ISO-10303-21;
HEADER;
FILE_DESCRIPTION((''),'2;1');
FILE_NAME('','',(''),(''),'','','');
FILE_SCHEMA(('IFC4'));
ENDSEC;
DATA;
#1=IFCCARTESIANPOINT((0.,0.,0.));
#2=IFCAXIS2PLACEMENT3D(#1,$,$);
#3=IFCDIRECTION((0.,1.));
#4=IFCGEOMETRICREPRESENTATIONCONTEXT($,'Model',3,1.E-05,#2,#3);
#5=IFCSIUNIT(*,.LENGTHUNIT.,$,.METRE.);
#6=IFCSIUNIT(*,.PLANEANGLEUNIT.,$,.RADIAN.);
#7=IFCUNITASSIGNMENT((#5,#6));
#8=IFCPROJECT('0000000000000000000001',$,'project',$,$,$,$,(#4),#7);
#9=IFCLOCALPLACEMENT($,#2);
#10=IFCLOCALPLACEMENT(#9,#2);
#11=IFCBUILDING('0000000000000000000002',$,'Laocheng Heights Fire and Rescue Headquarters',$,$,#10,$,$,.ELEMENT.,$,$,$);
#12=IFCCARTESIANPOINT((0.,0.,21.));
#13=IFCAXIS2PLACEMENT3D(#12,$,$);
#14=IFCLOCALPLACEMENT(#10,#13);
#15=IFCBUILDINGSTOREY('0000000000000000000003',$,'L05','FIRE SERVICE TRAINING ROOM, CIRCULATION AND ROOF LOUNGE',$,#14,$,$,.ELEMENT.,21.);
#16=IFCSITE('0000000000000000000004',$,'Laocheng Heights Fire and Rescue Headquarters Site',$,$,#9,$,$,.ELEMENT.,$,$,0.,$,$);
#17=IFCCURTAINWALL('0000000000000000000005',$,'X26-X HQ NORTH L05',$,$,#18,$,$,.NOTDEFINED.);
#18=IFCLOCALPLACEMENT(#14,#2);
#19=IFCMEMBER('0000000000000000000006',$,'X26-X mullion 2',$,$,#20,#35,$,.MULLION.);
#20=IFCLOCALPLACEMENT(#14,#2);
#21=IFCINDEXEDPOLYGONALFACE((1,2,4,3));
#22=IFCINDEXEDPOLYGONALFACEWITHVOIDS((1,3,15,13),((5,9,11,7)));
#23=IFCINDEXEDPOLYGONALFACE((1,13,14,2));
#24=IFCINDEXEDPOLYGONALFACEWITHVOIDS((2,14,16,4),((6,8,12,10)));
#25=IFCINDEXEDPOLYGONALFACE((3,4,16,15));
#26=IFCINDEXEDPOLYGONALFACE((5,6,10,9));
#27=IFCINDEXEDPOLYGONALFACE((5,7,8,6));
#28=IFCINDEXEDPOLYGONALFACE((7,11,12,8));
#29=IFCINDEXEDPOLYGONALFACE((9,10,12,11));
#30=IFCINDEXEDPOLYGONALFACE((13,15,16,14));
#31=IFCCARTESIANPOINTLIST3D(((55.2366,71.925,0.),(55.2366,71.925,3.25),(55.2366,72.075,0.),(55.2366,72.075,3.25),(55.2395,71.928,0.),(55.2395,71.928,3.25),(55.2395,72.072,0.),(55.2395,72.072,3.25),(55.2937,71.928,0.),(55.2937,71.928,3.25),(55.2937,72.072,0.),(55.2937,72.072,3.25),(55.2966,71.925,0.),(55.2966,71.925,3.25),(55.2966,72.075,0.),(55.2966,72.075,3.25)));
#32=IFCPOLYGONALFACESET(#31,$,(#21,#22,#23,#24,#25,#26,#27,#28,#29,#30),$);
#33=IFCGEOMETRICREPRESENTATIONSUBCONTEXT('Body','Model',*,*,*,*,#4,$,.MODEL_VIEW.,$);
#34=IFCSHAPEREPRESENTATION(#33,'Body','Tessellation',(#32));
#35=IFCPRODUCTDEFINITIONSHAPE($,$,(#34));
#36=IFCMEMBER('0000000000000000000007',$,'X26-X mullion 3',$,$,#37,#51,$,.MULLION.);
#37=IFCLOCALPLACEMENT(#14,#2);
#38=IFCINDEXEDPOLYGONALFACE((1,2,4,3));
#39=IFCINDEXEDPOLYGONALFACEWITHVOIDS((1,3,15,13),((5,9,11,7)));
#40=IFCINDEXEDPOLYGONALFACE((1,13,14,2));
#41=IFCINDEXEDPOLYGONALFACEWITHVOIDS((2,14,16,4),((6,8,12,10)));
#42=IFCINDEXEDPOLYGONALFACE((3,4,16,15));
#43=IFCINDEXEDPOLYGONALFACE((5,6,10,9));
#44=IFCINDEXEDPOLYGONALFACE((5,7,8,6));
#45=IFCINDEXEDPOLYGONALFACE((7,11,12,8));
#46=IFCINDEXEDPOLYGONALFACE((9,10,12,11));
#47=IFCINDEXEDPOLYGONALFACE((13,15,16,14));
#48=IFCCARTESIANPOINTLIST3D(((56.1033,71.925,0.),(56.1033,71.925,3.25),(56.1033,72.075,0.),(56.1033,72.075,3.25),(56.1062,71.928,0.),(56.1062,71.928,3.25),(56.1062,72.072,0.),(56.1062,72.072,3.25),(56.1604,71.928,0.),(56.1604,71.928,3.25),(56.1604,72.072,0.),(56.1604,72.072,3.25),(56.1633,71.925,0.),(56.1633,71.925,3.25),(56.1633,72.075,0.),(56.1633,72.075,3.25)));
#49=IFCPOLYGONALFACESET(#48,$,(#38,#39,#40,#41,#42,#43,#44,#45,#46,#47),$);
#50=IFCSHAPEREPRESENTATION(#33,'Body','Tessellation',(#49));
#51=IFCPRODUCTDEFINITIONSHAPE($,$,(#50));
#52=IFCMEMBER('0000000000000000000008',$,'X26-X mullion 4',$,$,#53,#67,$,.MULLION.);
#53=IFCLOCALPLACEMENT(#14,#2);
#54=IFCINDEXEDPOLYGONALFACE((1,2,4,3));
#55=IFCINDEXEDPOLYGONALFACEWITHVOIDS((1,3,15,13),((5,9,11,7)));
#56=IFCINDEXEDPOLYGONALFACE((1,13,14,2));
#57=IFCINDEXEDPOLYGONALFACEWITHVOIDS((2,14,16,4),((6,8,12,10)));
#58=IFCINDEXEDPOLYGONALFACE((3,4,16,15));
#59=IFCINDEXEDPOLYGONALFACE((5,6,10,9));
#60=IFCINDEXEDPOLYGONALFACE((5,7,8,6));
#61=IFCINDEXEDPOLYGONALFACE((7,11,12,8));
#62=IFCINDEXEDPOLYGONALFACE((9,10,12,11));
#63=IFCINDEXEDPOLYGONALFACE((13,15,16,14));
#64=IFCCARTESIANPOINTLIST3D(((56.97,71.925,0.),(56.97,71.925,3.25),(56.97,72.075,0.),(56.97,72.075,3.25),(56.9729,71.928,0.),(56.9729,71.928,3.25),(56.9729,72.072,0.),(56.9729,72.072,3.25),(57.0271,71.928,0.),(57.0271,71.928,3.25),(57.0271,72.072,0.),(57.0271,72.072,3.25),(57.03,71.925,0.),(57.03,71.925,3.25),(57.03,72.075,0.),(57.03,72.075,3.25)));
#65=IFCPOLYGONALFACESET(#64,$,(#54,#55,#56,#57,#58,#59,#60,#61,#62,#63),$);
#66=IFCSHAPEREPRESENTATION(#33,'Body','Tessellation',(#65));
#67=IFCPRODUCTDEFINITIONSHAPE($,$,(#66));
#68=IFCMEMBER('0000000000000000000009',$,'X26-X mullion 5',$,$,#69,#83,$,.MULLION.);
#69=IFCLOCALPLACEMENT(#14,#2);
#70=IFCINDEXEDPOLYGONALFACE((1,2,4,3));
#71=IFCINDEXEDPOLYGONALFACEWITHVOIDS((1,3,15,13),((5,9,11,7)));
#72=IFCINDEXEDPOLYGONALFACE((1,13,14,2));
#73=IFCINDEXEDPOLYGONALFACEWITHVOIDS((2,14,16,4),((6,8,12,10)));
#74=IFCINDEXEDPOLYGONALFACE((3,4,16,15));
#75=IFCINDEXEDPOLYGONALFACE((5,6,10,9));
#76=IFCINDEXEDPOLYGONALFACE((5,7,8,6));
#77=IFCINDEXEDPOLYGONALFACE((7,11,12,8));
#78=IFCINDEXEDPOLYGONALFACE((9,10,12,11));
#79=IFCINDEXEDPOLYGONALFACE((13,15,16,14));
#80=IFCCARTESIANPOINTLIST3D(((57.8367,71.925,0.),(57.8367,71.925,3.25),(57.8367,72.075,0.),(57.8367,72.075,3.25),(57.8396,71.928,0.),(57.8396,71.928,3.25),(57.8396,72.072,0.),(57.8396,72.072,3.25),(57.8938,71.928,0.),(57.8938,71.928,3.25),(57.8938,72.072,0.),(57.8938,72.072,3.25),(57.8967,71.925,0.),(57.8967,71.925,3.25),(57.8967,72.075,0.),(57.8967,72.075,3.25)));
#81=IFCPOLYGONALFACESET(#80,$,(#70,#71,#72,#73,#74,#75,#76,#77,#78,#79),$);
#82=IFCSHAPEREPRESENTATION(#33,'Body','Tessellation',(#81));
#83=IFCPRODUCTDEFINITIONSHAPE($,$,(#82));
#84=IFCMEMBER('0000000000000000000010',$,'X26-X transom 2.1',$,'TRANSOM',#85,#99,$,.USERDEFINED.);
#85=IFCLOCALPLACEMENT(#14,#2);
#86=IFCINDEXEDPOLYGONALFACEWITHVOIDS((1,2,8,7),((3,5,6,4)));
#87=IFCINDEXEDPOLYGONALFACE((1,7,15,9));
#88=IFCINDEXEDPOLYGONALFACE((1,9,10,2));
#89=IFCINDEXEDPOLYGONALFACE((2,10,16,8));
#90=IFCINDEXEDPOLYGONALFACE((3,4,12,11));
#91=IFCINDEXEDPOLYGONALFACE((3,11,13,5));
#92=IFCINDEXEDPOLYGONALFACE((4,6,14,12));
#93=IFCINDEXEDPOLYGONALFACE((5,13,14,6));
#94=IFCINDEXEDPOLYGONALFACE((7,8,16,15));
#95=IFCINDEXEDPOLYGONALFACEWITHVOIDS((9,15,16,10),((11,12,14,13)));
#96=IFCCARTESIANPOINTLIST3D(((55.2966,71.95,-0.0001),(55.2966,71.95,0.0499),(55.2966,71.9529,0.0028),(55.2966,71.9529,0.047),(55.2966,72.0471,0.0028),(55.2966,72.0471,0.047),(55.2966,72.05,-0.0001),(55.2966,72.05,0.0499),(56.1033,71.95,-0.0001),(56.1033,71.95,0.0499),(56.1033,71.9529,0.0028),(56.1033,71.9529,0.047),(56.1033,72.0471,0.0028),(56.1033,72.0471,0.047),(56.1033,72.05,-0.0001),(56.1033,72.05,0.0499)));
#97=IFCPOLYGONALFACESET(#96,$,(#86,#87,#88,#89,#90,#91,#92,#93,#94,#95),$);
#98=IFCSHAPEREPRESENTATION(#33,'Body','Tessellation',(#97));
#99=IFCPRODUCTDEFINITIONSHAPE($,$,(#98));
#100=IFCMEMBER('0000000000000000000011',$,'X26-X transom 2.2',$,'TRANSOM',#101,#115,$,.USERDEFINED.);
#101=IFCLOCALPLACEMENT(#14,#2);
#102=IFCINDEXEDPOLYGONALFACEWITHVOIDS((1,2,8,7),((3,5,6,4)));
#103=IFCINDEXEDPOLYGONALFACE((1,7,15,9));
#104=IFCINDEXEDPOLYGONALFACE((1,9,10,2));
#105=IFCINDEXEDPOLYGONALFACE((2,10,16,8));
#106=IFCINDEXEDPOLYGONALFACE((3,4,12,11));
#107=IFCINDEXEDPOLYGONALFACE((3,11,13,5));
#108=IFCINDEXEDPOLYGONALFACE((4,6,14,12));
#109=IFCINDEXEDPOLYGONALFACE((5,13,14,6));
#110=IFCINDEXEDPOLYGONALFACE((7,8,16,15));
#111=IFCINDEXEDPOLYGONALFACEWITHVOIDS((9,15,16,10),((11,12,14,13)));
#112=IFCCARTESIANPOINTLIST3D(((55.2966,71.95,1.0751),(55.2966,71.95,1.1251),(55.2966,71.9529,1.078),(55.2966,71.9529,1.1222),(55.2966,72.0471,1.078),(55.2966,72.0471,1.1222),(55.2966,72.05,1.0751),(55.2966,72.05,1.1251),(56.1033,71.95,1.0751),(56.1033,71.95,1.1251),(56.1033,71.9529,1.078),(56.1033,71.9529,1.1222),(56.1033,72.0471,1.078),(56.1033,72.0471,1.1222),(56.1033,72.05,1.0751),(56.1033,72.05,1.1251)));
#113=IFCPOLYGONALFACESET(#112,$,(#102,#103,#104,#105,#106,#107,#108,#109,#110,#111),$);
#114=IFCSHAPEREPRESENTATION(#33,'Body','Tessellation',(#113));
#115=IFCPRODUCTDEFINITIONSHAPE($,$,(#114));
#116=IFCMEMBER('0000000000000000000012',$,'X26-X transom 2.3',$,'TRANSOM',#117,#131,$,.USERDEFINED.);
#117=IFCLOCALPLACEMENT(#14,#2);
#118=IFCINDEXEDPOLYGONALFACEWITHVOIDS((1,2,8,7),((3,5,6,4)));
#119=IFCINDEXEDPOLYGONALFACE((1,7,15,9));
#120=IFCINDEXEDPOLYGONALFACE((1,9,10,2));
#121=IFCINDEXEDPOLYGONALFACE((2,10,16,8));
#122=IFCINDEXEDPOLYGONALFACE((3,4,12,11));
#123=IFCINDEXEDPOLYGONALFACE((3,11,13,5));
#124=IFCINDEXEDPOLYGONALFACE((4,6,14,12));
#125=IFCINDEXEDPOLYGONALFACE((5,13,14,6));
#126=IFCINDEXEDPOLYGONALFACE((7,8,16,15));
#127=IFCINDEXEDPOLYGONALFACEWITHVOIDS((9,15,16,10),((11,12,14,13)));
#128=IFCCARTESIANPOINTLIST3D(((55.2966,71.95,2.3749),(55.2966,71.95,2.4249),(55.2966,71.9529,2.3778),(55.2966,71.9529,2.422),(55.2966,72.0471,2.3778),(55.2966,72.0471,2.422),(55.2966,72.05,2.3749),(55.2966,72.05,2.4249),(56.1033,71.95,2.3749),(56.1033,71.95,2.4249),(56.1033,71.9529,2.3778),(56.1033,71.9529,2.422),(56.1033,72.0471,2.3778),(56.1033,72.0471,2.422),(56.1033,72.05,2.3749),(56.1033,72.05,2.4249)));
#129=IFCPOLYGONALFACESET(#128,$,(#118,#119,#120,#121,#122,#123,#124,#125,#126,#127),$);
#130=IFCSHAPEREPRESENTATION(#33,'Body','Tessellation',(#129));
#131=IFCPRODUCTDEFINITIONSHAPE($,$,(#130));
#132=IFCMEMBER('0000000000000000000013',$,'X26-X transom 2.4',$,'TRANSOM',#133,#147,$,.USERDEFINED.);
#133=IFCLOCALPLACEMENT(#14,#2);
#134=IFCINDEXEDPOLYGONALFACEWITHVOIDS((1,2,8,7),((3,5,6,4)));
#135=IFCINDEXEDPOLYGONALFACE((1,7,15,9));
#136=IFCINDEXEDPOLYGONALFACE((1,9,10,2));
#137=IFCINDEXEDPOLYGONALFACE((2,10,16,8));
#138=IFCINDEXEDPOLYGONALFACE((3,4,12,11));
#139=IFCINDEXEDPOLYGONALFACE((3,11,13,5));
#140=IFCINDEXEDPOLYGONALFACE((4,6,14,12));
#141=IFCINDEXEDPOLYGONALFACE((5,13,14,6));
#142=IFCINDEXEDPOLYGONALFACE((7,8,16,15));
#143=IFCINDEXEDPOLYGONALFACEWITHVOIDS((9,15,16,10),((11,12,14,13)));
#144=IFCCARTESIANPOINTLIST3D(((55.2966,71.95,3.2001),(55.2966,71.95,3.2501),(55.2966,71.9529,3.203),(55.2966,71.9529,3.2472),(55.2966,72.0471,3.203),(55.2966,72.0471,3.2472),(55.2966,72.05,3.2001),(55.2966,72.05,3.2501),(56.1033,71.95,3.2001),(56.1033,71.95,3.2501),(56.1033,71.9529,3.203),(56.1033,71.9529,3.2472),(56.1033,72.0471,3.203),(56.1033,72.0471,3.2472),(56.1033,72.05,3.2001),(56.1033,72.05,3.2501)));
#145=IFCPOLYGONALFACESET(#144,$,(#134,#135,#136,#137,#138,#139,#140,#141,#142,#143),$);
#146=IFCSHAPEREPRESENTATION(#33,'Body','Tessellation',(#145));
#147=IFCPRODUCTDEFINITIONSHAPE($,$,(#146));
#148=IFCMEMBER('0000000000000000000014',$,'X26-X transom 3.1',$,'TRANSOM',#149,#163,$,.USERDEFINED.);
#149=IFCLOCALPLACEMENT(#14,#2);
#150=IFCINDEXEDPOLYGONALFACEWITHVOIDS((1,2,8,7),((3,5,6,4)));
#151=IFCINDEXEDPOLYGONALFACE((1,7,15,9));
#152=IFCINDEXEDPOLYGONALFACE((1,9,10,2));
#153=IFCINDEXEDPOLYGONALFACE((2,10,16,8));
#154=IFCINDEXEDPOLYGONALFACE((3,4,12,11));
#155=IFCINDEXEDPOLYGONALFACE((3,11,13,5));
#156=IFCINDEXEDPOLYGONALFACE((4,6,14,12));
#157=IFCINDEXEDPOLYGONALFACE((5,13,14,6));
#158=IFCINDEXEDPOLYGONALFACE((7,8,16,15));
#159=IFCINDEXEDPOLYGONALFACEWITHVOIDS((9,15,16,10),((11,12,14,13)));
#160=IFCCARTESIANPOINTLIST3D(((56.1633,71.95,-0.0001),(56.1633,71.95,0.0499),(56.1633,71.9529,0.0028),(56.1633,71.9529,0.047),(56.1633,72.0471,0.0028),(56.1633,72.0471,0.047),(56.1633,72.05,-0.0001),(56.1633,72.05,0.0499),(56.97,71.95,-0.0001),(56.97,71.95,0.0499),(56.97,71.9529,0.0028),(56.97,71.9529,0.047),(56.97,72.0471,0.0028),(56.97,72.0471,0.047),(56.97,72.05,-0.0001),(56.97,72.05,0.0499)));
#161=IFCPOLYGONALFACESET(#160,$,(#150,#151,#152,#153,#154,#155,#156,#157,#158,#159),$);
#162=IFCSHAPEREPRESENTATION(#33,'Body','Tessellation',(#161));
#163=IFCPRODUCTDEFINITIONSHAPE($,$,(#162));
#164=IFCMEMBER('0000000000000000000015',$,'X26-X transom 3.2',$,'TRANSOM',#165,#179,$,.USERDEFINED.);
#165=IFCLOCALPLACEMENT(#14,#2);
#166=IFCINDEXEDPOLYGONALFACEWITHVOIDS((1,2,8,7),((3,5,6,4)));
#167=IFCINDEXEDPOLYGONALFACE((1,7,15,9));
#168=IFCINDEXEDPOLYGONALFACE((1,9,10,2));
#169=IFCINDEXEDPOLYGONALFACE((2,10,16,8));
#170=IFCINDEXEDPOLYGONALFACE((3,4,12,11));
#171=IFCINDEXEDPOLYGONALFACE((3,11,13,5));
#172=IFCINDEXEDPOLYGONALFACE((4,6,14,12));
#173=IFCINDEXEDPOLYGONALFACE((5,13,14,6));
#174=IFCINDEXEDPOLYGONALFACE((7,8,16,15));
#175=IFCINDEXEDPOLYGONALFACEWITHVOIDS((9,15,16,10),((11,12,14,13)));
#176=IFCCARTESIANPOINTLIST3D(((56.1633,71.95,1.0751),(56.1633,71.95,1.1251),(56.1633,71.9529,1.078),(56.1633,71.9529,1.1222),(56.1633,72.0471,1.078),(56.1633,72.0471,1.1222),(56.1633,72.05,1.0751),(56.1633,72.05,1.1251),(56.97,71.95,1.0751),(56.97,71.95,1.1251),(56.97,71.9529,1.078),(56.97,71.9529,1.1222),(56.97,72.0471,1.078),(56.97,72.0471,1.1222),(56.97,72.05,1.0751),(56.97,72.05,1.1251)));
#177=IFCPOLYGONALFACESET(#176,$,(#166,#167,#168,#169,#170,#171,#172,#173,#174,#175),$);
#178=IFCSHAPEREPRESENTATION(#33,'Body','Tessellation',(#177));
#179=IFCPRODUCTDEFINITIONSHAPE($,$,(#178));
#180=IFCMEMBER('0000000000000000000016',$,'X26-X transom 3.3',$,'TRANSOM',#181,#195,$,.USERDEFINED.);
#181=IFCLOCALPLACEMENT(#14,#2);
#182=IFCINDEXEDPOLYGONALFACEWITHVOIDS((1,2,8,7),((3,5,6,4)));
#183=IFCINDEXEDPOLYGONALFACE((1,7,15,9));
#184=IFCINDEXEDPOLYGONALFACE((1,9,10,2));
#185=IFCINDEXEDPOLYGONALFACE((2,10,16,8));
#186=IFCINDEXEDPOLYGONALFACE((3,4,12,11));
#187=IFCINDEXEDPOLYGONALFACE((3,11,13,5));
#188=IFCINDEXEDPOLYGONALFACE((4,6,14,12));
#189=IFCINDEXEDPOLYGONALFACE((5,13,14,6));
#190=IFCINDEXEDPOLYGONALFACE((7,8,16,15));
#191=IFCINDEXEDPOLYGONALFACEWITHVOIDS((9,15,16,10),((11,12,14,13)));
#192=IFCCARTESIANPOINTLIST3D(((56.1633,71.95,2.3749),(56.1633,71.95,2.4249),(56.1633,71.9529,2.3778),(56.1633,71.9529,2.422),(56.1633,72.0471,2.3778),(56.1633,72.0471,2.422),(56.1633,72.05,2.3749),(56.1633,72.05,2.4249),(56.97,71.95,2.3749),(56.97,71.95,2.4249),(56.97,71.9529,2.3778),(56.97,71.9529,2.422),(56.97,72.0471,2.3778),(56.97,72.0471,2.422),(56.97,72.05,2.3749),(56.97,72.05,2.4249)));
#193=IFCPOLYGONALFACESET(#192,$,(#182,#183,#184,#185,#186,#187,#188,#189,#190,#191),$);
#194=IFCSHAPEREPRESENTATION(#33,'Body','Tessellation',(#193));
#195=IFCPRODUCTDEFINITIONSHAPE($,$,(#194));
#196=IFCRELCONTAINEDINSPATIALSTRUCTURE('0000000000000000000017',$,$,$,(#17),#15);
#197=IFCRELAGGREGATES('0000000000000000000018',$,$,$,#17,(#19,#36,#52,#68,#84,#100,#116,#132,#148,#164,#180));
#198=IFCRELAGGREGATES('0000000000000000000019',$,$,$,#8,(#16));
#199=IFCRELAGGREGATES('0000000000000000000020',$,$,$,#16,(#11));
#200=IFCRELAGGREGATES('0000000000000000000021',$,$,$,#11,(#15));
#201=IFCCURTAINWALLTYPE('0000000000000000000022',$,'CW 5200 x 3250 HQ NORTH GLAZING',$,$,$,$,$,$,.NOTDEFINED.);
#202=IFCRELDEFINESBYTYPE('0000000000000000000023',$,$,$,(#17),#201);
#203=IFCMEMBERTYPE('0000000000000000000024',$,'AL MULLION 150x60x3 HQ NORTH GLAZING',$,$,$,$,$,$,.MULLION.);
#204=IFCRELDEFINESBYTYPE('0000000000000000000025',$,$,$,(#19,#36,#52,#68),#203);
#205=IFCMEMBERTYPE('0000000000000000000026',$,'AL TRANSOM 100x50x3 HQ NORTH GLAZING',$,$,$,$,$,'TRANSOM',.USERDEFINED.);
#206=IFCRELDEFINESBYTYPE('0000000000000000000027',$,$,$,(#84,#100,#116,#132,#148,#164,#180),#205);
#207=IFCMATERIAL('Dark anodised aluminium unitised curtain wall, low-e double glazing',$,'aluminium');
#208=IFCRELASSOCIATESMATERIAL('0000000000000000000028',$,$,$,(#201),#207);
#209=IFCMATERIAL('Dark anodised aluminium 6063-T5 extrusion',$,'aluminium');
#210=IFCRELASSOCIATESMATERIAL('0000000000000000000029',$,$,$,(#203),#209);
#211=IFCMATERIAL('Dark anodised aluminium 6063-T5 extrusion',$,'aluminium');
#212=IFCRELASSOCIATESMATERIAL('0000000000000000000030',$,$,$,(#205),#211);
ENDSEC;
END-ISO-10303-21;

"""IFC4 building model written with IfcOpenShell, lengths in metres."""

from ifc_helpers import new_model, si_unit, direction, frame, origin, origin_2d, place, context, subcontext, project, spatial, hollow_rectangle, extrude, material, material_profile, profile_set, type_object, element, aggregate, save


model = new_model("IFC4")

# Units and contexts
model_context = context("Model", 3, precision=1e-05, world=origin(), true_north=direction((0.0, 1.0)))
body_context = subcontext(model_context, "Body", "Model", "MODEL_VIEW")
ifc_project = project(units=[si_unit("LENGTHUNIT", "METRE"), si_unit("PLANEANGLEUNIT", "RADIAN")], contexts=[model_context])

# Site, building, storey
site_placement = place(None, origin())
site = spatial("IfcSite", under=ifc_project, at=site_placement, Name="Laocheng Heights Fire and Rescue Headquarters Site", CompositionType="ELEMENT", RefElevation=0.0)
building_placement = place(site_placement, origin())
building = spatial("IfcBuilding", under=site, at=building_placement, Name="Laocheng Heights Fire and Rescue Headquarters", CompositionType="ELEMENT")
storey_placement = place(building_placement, frame((0.0, 0.0, 21.0)))
storey = spatial("IfcBuildingStorey", under=building, at=storey_placement, Name="L05", Description="FIRE SERVICE TRAINING ROOM, CIRCULATION AND ROOF LOUNGE", CompositionType="ELEMENT", Elevation=21.0)

# Curtain wall, members
ifc_material_1 = material(Name="Dark anodised aluminium unitised curtain wall, low-e double glazing", Category="aluminium")
curtain_wall_type = type_object("IfcCurtainWallType", Name="CW 5200 x 3250 HQ NORTH GLAZING", PredefinedType="NOTDEFINED", material=ifc_material_1)
curtain_wall_placement = place(storey_placement, origin())
curtain_wall = element("IfcCurtainWall", 1, at=curtain_wall_placement, inside=storey, type_object=curtain_wall_type, Name="X26-X HQ NORTH L05", PredefinedType="NOTDEFINED")
ifc_material_2 = material(Name="Dark anodised aluminium 6063-T5 extrusion", Category="aluminium")
ifc_material_profile_1 = material_profile(ifc_material_2, hollow_rectangle(XDim=0.1499, YDim=0.0601, WallThickness=0.0029, at=origin_2d()), Name="AL MULLION 150x60x3 HQ NORTH GLAZING")
ifc_profile_set_1 = profile_set([ifc_material_profile_1], Name="Dark anodised aluminium 6063-T5 extrusion")
member_type_1 = type_object("IfcMemberType", Name="AL MULLION 150x60x3 HQ NORTH GLAZING", PredefinedType="MULLION", material=ifc_profile_set_1)
member_1_placement = place(storey_placement, frame((55.2666, 72.0, 0.0), z_axis=(0.0, 0.0, 1.0), x_axis=(0.0, 1.0, 0.0)))
member_1 = element("IfcMember", 2, at=member_1_placement, type_object=member_type_1, Name="X26-X mullion 2", PredefinedType="MULLION", context=body_context, shape_type="SweptSolid", body=[
    extrude(hollow_rectangle(XDim=0.1499, YDim=0.0601, WallThickness=0.0029, at=origin_2d()), origin(), (0.0, 0.0, 1.0), 3.25),
])
member_2_placement = place(storey_placement, frame((56.1333, 72.0, 0.0), z_axis=(0.0, 0.0, 1.0), x_axis=(0.0, 1.0, 0.0)))
member_2 = element("IfcMember", 3, at=member_2_placement, type_object=member_type_1, Name="X26-X mullion 3", PredefinedType="MULLION", context=body_context, shape_type="SweptSolid", body=[
    extrude(hollow_rectangle(XDim=0.1499, YDim=0.0601, WallThickness=0.0029, at=origin_2d()), origin(), (0.0, 0.0, 1.0), 3.25),
])
member_3_placement = place(storey_placement, frame((57.0, 72.0, 0.0), z_axis=(0.0, 0.0, 1.0), x_axis=(0.0, 1.0, 0.0)))
member_3 = element("IfcMember", 4, at=member_3_placement, type_object=member_type_1, Name="X26-X mullion 4", PredefinedType="MULLION", context=body_context, shape_type="SweptSolid", body=[
    extrude(hollow_rectangle(XDim=0.1499, YDim=0.0601, WallThickness=0.0029, at=origin_2d()), origin(), (0.0, 0.0, 1.0), 3.25),
])
member_4_placement = place(storey_placement, frame((57.8667, 72.0, 0.0), z_axis=(0.0, 0.0, 1.0), x_axis=(0.0, 1.0, 0.0)))
member_4 = element("IfcMember", 5, at=member_4_placement, type_object=member_type_1, Name="X26-X mullion 5", PredefinedType="MULLION", context=body_context, shape_type="SweptSolid", body=[
    extrude(hollow_rectangle(XDim=0.1499, YDim=0.0601, WallThickness=0.0029, at=origin_2d()), origin(), (0.0, 0.0, 1.0), 3.25),
])
ifc_material_3 = material(Name="Dark anodised aluminium 6063-T5 extrusion", Category="aluminium")
ifc_material_profile_2 = material_profile(ifc_material_3, hollow_rectangle(XDim=0.1001, YDim=0.05, WallThickness=0.0029, at=origin_2d()), Name="AL TRANSOM 100x50x3 HQ NORTH GLAZING")
ifc_profile_set_2 = profile_set([ifc_material_profile_2], Name="Dark anodised aluminium 6063-T5 extrusion")
member_type_2 = type_object("IfcMemberType", Name="AL TRANSOM 100x50x3 HQ NORTH GLAZING", ElementType="TRANSOM", PredefinedType="USERDEFINED", material=ifc_profile_set_2)
member_5_placement = place(storey_placement, frame((55.2966, 72.0, 0.0249), z_axis=(1.0, 0.0, 0.0), x_axis=(0.0, 1.0, 0.0)))
member_5 = element("IfcMember", 6, at=member_5_placement, type_object=member_type_2, Name="X26-X transom 2.1", ObjectType="TRANSOM", PredefinedType="USERDEFINED", context=body_context, shape_type="SweptSolid", body=[
    extrude(hollow_rectangle(XDim=0.1001, YDim=0.05, WallThickness=0.0029, at=origin_2d()), origin(), (0.0, 0.0, 1.0), 0.8066),
])
member_6_placement = place(storey_placement, frame((55.2966, 72.0, 1.1001), z_axis=(1.0, 0.0, 0.0), x_axis=(0.0, 1.0, 0.0)))
member_6 = element("IfcMember", 7, at=member_6_placement, type_object=member_type_2, Name="X26-X transom 2.2", ObjectType="TRANSOM", PredefinedType="USERDEFINED", context=body_context, shape_type="SweptSolid", body=[
    extrude(hollow_rectangle(XDim=0.1001, YDim=0.05, WallThickness=0.0029, at=origin_2d()), origin(), (0.0, 0.0, 1.0), 0.8066),
])
member_7_placement = place(storey_placement, frame((55.2966, 72.0, 2.3999), z_axis=(1.0, 0.0, 0.0), x_axis=(0.0, 1.0, 0.0)))
member_7 = element("IfcMember", 8, at=member_7_placement, type_object=member_type_2, Name="X26-X transom 2.3", ObjectType="TRANSOM", PredefinedType="USERDEFINED", context=body_context, shape_type="SweptSolid", body=[
    extrude(hollow_rectangle(XDim=0.1001, YDim=0.05, WallThickness=0.0029, at=origin_2d()), origin(), (0.0, 0.0, 1.0), 0.8066),
])
member_8_placement = place(storey_placement, frame((55.2966, 72.0, 3.2251), z_axis=(1.0, 0.0, 0.0), x_axis=(0.0, 1.0, 0.0)))
member_8 = element("IfcMember", 9, at=member_8_placement, type_object=member_type_2, Name="X26-X transom 2.4", ObjectType="TRANSOM", PredefinedType="USERDEFINED", context=body_context, shape_type="SweptSolid", body=[
    extrude(hollow_rectangle(XDim=0.1001, YDim=0.05, WallThickness=0.0029, at=origin_2d()), origin(), (0.0, 0.0, 1.0), 0.8066),
])
member_9_placement = place(storey_placement, frame((56.1633, 72.0, 0.0249), z_axis=(1.0, 0.0, 0.0), x_axis=(0.0, 1.0, 0.0)))
member_9 = element("IfcMember", 10, at=member_9_placement, type_object=member_type_2, Name="X26-X transom 3.1", ObjectType="TRANSOM", PredefinedType="USERDEFINED", context=body_context, shape_type="SweptSolid", body=[
    extrude(hollow_rectangle(XDim=0.1001, YDim=0.05, WallThickness=0.0029, at=origin_2d()), origin(), (0.0, 0.0, 1.0), 0.8066),
])
member_10_placement = place(storey_placement, frame((56.1633, 72.0, 1.1001), z_axis=(1.0, 0.0, 0.0), x_axis=(0.0, 1.0, 0.0)))
member_10 = element("IfcMember", 11, at=member_10_placement, type_object=member_type_2, Name="X26-X transom 3.2", ObjectType="TRANSOM", PredefinedType="USERDEFINED", context=body_context, shape_type="SweptSolid", body=[
    extrude(hollow_rectangle(XDim=0.1001, YDim=0.05, WallThickness=0.0029, at=origin_2d()), origin(), (0.0, 0.0, 1.0), 0.8066),
])
member_11_placement = place(storey_placement, frame((56.1633, 72.0, 2.3999), z_axis=(1.0, 0.0, 0.0), x_axis=(0.0, 1.0, 0.0)))
member_11 = element("IfcMember", 12, at=member_11_placement, type_object=member_type_2, Name="X26-X transom 3.3", ObjectType="TRANSOM", PredefinedType="USERDEFINED", context=body_context, shape_type="SweptSolid", body=[
    extrude(hollow_rectangle(XDim=0.1001, YDim=0.05, WallThickness=0.0029, at=origin_2d()), origin(), (0.0, 0.0, 1.0), 0.8066),
])
aggregate(curtain_wall, [member_1, member_2, member_3, member_4, member_5, member_6, member_7, member_8, member_9, member_10, member_11])

save(model, "model.ifc")
